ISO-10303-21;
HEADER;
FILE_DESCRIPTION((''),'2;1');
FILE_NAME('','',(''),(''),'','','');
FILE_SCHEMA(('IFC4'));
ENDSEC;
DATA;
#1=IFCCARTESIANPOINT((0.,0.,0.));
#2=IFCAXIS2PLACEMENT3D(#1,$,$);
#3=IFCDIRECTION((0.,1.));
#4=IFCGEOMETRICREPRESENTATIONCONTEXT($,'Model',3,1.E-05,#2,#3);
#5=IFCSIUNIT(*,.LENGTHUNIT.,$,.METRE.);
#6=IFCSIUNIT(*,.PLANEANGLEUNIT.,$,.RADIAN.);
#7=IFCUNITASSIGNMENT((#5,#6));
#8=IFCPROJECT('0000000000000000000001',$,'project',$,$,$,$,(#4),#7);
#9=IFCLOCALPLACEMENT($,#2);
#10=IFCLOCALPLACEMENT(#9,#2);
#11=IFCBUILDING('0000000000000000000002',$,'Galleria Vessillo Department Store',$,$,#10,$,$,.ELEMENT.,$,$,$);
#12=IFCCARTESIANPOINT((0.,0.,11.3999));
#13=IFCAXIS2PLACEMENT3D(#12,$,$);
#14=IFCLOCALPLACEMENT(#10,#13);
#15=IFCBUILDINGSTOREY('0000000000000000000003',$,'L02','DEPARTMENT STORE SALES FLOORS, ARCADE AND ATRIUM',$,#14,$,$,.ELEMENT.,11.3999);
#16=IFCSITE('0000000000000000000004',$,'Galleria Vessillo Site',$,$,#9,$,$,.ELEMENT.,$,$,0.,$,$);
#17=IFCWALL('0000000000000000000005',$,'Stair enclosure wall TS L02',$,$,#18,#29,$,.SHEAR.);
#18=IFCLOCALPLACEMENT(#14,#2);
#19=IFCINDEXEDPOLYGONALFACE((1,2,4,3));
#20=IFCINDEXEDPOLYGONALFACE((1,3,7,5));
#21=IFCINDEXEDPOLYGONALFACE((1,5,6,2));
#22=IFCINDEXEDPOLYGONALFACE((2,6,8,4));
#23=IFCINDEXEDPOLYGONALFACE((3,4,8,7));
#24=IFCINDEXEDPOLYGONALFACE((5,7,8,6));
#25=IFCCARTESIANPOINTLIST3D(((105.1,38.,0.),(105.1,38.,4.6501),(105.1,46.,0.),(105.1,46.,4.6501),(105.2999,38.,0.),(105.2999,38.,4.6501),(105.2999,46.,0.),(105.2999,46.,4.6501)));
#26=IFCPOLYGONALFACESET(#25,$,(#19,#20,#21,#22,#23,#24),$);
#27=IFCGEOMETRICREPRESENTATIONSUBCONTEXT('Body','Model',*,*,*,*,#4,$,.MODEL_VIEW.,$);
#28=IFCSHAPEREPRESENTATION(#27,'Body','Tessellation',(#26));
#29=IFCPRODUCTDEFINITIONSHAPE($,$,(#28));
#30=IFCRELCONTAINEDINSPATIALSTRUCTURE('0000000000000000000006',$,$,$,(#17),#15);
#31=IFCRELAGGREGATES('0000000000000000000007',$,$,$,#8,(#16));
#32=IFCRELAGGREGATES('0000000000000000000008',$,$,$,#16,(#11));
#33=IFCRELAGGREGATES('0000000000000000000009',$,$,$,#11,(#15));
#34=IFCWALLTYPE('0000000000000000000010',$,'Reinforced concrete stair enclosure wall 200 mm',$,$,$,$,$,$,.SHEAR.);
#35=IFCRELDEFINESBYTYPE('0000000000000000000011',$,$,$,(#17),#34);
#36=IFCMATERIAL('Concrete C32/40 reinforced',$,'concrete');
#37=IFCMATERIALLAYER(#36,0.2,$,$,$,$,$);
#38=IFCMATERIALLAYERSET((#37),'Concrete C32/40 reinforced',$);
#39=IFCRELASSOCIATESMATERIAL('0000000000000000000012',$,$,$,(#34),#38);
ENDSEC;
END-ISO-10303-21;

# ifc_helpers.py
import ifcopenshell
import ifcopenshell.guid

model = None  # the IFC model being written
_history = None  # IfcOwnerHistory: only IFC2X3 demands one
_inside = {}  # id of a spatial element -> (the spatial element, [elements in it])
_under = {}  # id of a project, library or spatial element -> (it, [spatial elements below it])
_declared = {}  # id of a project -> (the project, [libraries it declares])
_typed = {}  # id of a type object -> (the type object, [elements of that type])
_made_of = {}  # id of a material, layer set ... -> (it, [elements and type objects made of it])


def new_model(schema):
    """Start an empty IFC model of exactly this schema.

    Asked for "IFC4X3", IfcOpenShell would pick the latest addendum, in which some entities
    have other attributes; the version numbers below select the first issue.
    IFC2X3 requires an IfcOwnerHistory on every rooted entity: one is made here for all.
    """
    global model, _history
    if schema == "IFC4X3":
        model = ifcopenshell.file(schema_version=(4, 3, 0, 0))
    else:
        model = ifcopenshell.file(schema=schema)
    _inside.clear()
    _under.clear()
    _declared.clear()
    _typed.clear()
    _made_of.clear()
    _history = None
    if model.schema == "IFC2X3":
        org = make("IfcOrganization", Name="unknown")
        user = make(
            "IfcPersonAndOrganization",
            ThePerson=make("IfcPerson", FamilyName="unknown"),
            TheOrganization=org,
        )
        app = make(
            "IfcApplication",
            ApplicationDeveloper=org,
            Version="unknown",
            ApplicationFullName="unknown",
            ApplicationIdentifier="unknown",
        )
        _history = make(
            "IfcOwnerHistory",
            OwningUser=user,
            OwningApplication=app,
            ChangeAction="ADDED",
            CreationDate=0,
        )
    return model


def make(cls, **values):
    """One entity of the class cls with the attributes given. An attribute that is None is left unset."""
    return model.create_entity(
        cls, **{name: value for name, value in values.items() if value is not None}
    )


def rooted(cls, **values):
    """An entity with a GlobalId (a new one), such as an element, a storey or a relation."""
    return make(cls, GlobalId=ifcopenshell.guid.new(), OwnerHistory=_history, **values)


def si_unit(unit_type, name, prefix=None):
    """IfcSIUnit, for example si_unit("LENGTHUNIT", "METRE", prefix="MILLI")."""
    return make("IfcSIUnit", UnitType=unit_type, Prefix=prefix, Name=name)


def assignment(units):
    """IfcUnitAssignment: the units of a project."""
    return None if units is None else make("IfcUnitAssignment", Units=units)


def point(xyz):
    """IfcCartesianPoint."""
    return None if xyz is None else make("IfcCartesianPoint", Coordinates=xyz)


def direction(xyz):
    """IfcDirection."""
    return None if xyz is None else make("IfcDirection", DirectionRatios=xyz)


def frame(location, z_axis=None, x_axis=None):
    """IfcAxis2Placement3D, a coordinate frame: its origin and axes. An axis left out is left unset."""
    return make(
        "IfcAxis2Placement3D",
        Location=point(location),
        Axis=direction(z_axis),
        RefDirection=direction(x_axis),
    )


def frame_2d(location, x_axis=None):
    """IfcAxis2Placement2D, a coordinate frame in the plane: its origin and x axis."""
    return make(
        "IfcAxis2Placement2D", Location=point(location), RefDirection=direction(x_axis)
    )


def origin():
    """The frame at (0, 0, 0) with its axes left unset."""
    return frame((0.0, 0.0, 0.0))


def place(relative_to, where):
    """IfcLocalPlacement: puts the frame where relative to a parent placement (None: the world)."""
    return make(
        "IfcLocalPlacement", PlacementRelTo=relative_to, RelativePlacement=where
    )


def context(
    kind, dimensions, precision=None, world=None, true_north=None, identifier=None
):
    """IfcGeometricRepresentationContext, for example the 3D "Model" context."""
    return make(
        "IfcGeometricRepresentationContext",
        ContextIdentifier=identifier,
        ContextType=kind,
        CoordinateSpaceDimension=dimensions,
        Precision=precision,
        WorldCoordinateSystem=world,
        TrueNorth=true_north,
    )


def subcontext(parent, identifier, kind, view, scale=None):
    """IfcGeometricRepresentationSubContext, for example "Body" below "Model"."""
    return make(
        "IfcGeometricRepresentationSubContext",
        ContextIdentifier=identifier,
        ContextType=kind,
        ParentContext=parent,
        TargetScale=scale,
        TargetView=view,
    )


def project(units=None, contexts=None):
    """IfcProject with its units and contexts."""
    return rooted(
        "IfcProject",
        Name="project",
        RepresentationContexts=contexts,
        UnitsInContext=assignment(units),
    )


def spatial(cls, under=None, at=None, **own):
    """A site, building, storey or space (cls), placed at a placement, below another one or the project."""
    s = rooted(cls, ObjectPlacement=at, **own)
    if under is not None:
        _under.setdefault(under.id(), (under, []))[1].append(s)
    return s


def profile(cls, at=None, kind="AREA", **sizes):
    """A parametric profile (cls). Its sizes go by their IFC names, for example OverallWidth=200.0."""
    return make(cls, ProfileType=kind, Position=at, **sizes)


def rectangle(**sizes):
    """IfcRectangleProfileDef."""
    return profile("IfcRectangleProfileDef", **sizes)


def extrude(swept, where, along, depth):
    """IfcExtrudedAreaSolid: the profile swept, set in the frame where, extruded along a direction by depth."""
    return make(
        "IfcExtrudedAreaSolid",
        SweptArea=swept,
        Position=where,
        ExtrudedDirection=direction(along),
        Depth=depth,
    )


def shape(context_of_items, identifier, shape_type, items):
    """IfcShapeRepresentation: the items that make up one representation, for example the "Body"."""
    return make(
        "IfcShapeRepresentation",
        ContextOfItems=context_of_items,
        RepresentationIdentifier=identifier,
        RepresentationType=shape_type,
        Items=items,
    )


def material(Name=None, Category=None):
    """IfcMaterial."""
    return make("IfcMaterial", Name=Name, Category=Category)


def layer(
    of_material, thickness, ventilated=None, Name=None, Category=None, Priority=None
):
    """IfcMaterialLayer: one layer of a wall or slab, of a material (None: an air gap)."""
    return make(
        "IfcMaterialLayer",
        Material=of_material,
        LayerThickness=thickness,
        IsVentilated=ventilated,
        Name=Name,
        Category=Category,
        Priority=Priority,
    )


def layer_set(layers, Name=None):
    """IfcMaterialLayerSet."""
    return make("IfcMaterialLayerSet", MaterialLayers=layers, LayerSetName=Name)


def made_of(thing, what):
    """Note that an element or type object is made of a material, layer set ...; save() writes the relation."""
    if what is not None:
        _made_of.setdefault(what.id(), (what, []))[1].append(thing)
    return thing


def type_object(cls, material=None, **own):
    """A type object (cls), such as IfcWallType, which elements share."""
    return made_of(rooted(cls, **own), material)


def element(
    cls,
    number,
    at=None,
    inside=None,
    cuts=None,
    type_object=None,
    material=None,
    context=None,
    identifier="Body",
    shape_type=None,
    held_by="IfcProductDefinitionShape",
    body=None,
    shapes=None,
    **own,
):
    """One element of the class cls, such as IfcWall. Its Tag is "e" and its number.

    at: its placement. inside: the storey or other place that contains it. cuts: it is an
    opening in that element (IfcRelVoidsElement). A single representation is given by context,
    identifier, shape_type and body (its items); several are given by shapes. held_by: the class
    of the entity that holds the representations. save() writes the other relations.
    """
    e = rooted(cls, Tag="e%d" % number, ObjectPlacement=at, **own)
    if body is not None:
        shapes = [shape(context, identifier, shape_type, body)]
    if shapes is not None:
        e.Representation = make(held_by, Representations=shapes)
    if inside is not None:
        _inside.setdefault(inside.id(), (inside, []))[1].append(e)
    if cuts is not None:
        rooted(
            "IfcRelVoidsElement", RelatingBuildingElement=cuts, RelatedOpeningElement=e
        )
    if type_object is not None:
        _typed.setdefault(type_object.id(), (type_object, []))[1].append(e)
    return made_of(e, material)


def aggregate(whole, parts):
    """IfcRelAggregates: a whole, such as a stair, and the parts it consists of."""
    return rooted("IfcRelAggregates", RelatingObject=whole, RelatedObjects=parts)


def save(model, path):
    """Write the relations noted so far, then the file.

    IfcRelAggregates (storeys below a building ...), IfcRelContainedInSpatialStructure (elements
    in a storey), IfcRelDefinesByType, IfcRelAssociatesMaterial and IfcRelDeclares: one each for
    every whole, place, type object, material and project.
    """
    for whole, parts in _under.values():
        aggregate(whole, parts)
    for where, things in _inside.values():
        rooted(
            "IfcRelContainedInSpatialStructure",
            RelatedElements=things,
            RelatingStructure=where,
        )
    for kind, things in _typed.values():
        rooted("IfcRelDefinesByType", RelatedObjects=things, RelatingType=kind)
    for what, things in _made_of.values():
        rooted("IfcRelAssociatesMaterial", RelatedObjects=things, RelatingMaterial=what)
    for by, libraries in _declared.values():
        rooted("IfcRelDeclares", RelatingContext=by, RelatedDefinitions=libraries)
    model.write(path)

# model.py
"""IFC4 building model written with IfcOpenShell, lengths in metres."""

from ifc_helpers import new_model, si_unit, direction, frame, frame_2d, origin, place, context, subcontext, project, spatial, rectangle, extrude, material, layer, layer_set, type_object, element, save


model = new_model("IFC4")

# Units and contexts
model_context = context("Model", 3, precision=1e-05, world=origin(), true_north=direction((0.0, 1.0)))
body_context = subcontext(model_context, "Body", "Model", "MODEL_VIEW")
ifc_project = project(units=[si_unit("LENGTHUNIT", "METRE"), si_unit("PLANEANGLEUNIT", "RADIAN")], contexts=[model_context])

# Site, building, storey
site_placement = place(None, origin())
site = spatial("IfcSite", under=ifc_project, at=site_placement, Name="Galleria Vessillo Site", CompositionType="ELEMENT", RefElevation=0.0)
building_placement = place(site_placement, origin())
building = spatial("IfcBuilding", under=site, at=building_placement, Name="Galleria Vessillo Department Store", CompositionType="ELEMENT")
storey_placement = place(building_placement, frame((0.0, 0.0, 11.3999)))
storey = spatial("IfcBuildingStorey", under=building, at=storey_placement, Name="L02", Description="DEPARTMENT STORE SALES FLOORS, ARCADE AND ATRIUM", CompositionType="ELEMENT", Elevation=11.3999)

# Wall
ifc_material_1 = material(Name="Concrete C32/40 reinforced", Category="concrete")
ifc_layer_1 = layer(ifc_material_1, 0.2)
ifc_layer_set_1 = layer_set([ifc_layer_1], Name="Concrete C32/40 reinforced")
wall_type_1 = type_object("IfcWallType", Name="Reinforced concrete stair enclosure wall 200 mm", PredefinedType="SHEAR", material=ifc_layer_set_1)
wall_1_placement = place(storey_placement, frame((105.2, 38.0, 0.0), z_axis=(0.0, 0.0, 1.0), x_axis=(0.0, 1.0, 0.0)))
element("IfcWall", 1, at=wall_1_placement, inside=storey, type_object=wall_type_1, Name="Stair enclosure wall TS L02", PredefinedType="SHEAR", context=body_context, shape_type="SweptSolid", body=[
    extrude(rectangle(XDim=8.0, YDim=0.2, at=frame_2d((4.0, 0.0))), origin(), (0.0, 0.0, 1.0), 4.6501),
])

save(model, "model.ifc")
